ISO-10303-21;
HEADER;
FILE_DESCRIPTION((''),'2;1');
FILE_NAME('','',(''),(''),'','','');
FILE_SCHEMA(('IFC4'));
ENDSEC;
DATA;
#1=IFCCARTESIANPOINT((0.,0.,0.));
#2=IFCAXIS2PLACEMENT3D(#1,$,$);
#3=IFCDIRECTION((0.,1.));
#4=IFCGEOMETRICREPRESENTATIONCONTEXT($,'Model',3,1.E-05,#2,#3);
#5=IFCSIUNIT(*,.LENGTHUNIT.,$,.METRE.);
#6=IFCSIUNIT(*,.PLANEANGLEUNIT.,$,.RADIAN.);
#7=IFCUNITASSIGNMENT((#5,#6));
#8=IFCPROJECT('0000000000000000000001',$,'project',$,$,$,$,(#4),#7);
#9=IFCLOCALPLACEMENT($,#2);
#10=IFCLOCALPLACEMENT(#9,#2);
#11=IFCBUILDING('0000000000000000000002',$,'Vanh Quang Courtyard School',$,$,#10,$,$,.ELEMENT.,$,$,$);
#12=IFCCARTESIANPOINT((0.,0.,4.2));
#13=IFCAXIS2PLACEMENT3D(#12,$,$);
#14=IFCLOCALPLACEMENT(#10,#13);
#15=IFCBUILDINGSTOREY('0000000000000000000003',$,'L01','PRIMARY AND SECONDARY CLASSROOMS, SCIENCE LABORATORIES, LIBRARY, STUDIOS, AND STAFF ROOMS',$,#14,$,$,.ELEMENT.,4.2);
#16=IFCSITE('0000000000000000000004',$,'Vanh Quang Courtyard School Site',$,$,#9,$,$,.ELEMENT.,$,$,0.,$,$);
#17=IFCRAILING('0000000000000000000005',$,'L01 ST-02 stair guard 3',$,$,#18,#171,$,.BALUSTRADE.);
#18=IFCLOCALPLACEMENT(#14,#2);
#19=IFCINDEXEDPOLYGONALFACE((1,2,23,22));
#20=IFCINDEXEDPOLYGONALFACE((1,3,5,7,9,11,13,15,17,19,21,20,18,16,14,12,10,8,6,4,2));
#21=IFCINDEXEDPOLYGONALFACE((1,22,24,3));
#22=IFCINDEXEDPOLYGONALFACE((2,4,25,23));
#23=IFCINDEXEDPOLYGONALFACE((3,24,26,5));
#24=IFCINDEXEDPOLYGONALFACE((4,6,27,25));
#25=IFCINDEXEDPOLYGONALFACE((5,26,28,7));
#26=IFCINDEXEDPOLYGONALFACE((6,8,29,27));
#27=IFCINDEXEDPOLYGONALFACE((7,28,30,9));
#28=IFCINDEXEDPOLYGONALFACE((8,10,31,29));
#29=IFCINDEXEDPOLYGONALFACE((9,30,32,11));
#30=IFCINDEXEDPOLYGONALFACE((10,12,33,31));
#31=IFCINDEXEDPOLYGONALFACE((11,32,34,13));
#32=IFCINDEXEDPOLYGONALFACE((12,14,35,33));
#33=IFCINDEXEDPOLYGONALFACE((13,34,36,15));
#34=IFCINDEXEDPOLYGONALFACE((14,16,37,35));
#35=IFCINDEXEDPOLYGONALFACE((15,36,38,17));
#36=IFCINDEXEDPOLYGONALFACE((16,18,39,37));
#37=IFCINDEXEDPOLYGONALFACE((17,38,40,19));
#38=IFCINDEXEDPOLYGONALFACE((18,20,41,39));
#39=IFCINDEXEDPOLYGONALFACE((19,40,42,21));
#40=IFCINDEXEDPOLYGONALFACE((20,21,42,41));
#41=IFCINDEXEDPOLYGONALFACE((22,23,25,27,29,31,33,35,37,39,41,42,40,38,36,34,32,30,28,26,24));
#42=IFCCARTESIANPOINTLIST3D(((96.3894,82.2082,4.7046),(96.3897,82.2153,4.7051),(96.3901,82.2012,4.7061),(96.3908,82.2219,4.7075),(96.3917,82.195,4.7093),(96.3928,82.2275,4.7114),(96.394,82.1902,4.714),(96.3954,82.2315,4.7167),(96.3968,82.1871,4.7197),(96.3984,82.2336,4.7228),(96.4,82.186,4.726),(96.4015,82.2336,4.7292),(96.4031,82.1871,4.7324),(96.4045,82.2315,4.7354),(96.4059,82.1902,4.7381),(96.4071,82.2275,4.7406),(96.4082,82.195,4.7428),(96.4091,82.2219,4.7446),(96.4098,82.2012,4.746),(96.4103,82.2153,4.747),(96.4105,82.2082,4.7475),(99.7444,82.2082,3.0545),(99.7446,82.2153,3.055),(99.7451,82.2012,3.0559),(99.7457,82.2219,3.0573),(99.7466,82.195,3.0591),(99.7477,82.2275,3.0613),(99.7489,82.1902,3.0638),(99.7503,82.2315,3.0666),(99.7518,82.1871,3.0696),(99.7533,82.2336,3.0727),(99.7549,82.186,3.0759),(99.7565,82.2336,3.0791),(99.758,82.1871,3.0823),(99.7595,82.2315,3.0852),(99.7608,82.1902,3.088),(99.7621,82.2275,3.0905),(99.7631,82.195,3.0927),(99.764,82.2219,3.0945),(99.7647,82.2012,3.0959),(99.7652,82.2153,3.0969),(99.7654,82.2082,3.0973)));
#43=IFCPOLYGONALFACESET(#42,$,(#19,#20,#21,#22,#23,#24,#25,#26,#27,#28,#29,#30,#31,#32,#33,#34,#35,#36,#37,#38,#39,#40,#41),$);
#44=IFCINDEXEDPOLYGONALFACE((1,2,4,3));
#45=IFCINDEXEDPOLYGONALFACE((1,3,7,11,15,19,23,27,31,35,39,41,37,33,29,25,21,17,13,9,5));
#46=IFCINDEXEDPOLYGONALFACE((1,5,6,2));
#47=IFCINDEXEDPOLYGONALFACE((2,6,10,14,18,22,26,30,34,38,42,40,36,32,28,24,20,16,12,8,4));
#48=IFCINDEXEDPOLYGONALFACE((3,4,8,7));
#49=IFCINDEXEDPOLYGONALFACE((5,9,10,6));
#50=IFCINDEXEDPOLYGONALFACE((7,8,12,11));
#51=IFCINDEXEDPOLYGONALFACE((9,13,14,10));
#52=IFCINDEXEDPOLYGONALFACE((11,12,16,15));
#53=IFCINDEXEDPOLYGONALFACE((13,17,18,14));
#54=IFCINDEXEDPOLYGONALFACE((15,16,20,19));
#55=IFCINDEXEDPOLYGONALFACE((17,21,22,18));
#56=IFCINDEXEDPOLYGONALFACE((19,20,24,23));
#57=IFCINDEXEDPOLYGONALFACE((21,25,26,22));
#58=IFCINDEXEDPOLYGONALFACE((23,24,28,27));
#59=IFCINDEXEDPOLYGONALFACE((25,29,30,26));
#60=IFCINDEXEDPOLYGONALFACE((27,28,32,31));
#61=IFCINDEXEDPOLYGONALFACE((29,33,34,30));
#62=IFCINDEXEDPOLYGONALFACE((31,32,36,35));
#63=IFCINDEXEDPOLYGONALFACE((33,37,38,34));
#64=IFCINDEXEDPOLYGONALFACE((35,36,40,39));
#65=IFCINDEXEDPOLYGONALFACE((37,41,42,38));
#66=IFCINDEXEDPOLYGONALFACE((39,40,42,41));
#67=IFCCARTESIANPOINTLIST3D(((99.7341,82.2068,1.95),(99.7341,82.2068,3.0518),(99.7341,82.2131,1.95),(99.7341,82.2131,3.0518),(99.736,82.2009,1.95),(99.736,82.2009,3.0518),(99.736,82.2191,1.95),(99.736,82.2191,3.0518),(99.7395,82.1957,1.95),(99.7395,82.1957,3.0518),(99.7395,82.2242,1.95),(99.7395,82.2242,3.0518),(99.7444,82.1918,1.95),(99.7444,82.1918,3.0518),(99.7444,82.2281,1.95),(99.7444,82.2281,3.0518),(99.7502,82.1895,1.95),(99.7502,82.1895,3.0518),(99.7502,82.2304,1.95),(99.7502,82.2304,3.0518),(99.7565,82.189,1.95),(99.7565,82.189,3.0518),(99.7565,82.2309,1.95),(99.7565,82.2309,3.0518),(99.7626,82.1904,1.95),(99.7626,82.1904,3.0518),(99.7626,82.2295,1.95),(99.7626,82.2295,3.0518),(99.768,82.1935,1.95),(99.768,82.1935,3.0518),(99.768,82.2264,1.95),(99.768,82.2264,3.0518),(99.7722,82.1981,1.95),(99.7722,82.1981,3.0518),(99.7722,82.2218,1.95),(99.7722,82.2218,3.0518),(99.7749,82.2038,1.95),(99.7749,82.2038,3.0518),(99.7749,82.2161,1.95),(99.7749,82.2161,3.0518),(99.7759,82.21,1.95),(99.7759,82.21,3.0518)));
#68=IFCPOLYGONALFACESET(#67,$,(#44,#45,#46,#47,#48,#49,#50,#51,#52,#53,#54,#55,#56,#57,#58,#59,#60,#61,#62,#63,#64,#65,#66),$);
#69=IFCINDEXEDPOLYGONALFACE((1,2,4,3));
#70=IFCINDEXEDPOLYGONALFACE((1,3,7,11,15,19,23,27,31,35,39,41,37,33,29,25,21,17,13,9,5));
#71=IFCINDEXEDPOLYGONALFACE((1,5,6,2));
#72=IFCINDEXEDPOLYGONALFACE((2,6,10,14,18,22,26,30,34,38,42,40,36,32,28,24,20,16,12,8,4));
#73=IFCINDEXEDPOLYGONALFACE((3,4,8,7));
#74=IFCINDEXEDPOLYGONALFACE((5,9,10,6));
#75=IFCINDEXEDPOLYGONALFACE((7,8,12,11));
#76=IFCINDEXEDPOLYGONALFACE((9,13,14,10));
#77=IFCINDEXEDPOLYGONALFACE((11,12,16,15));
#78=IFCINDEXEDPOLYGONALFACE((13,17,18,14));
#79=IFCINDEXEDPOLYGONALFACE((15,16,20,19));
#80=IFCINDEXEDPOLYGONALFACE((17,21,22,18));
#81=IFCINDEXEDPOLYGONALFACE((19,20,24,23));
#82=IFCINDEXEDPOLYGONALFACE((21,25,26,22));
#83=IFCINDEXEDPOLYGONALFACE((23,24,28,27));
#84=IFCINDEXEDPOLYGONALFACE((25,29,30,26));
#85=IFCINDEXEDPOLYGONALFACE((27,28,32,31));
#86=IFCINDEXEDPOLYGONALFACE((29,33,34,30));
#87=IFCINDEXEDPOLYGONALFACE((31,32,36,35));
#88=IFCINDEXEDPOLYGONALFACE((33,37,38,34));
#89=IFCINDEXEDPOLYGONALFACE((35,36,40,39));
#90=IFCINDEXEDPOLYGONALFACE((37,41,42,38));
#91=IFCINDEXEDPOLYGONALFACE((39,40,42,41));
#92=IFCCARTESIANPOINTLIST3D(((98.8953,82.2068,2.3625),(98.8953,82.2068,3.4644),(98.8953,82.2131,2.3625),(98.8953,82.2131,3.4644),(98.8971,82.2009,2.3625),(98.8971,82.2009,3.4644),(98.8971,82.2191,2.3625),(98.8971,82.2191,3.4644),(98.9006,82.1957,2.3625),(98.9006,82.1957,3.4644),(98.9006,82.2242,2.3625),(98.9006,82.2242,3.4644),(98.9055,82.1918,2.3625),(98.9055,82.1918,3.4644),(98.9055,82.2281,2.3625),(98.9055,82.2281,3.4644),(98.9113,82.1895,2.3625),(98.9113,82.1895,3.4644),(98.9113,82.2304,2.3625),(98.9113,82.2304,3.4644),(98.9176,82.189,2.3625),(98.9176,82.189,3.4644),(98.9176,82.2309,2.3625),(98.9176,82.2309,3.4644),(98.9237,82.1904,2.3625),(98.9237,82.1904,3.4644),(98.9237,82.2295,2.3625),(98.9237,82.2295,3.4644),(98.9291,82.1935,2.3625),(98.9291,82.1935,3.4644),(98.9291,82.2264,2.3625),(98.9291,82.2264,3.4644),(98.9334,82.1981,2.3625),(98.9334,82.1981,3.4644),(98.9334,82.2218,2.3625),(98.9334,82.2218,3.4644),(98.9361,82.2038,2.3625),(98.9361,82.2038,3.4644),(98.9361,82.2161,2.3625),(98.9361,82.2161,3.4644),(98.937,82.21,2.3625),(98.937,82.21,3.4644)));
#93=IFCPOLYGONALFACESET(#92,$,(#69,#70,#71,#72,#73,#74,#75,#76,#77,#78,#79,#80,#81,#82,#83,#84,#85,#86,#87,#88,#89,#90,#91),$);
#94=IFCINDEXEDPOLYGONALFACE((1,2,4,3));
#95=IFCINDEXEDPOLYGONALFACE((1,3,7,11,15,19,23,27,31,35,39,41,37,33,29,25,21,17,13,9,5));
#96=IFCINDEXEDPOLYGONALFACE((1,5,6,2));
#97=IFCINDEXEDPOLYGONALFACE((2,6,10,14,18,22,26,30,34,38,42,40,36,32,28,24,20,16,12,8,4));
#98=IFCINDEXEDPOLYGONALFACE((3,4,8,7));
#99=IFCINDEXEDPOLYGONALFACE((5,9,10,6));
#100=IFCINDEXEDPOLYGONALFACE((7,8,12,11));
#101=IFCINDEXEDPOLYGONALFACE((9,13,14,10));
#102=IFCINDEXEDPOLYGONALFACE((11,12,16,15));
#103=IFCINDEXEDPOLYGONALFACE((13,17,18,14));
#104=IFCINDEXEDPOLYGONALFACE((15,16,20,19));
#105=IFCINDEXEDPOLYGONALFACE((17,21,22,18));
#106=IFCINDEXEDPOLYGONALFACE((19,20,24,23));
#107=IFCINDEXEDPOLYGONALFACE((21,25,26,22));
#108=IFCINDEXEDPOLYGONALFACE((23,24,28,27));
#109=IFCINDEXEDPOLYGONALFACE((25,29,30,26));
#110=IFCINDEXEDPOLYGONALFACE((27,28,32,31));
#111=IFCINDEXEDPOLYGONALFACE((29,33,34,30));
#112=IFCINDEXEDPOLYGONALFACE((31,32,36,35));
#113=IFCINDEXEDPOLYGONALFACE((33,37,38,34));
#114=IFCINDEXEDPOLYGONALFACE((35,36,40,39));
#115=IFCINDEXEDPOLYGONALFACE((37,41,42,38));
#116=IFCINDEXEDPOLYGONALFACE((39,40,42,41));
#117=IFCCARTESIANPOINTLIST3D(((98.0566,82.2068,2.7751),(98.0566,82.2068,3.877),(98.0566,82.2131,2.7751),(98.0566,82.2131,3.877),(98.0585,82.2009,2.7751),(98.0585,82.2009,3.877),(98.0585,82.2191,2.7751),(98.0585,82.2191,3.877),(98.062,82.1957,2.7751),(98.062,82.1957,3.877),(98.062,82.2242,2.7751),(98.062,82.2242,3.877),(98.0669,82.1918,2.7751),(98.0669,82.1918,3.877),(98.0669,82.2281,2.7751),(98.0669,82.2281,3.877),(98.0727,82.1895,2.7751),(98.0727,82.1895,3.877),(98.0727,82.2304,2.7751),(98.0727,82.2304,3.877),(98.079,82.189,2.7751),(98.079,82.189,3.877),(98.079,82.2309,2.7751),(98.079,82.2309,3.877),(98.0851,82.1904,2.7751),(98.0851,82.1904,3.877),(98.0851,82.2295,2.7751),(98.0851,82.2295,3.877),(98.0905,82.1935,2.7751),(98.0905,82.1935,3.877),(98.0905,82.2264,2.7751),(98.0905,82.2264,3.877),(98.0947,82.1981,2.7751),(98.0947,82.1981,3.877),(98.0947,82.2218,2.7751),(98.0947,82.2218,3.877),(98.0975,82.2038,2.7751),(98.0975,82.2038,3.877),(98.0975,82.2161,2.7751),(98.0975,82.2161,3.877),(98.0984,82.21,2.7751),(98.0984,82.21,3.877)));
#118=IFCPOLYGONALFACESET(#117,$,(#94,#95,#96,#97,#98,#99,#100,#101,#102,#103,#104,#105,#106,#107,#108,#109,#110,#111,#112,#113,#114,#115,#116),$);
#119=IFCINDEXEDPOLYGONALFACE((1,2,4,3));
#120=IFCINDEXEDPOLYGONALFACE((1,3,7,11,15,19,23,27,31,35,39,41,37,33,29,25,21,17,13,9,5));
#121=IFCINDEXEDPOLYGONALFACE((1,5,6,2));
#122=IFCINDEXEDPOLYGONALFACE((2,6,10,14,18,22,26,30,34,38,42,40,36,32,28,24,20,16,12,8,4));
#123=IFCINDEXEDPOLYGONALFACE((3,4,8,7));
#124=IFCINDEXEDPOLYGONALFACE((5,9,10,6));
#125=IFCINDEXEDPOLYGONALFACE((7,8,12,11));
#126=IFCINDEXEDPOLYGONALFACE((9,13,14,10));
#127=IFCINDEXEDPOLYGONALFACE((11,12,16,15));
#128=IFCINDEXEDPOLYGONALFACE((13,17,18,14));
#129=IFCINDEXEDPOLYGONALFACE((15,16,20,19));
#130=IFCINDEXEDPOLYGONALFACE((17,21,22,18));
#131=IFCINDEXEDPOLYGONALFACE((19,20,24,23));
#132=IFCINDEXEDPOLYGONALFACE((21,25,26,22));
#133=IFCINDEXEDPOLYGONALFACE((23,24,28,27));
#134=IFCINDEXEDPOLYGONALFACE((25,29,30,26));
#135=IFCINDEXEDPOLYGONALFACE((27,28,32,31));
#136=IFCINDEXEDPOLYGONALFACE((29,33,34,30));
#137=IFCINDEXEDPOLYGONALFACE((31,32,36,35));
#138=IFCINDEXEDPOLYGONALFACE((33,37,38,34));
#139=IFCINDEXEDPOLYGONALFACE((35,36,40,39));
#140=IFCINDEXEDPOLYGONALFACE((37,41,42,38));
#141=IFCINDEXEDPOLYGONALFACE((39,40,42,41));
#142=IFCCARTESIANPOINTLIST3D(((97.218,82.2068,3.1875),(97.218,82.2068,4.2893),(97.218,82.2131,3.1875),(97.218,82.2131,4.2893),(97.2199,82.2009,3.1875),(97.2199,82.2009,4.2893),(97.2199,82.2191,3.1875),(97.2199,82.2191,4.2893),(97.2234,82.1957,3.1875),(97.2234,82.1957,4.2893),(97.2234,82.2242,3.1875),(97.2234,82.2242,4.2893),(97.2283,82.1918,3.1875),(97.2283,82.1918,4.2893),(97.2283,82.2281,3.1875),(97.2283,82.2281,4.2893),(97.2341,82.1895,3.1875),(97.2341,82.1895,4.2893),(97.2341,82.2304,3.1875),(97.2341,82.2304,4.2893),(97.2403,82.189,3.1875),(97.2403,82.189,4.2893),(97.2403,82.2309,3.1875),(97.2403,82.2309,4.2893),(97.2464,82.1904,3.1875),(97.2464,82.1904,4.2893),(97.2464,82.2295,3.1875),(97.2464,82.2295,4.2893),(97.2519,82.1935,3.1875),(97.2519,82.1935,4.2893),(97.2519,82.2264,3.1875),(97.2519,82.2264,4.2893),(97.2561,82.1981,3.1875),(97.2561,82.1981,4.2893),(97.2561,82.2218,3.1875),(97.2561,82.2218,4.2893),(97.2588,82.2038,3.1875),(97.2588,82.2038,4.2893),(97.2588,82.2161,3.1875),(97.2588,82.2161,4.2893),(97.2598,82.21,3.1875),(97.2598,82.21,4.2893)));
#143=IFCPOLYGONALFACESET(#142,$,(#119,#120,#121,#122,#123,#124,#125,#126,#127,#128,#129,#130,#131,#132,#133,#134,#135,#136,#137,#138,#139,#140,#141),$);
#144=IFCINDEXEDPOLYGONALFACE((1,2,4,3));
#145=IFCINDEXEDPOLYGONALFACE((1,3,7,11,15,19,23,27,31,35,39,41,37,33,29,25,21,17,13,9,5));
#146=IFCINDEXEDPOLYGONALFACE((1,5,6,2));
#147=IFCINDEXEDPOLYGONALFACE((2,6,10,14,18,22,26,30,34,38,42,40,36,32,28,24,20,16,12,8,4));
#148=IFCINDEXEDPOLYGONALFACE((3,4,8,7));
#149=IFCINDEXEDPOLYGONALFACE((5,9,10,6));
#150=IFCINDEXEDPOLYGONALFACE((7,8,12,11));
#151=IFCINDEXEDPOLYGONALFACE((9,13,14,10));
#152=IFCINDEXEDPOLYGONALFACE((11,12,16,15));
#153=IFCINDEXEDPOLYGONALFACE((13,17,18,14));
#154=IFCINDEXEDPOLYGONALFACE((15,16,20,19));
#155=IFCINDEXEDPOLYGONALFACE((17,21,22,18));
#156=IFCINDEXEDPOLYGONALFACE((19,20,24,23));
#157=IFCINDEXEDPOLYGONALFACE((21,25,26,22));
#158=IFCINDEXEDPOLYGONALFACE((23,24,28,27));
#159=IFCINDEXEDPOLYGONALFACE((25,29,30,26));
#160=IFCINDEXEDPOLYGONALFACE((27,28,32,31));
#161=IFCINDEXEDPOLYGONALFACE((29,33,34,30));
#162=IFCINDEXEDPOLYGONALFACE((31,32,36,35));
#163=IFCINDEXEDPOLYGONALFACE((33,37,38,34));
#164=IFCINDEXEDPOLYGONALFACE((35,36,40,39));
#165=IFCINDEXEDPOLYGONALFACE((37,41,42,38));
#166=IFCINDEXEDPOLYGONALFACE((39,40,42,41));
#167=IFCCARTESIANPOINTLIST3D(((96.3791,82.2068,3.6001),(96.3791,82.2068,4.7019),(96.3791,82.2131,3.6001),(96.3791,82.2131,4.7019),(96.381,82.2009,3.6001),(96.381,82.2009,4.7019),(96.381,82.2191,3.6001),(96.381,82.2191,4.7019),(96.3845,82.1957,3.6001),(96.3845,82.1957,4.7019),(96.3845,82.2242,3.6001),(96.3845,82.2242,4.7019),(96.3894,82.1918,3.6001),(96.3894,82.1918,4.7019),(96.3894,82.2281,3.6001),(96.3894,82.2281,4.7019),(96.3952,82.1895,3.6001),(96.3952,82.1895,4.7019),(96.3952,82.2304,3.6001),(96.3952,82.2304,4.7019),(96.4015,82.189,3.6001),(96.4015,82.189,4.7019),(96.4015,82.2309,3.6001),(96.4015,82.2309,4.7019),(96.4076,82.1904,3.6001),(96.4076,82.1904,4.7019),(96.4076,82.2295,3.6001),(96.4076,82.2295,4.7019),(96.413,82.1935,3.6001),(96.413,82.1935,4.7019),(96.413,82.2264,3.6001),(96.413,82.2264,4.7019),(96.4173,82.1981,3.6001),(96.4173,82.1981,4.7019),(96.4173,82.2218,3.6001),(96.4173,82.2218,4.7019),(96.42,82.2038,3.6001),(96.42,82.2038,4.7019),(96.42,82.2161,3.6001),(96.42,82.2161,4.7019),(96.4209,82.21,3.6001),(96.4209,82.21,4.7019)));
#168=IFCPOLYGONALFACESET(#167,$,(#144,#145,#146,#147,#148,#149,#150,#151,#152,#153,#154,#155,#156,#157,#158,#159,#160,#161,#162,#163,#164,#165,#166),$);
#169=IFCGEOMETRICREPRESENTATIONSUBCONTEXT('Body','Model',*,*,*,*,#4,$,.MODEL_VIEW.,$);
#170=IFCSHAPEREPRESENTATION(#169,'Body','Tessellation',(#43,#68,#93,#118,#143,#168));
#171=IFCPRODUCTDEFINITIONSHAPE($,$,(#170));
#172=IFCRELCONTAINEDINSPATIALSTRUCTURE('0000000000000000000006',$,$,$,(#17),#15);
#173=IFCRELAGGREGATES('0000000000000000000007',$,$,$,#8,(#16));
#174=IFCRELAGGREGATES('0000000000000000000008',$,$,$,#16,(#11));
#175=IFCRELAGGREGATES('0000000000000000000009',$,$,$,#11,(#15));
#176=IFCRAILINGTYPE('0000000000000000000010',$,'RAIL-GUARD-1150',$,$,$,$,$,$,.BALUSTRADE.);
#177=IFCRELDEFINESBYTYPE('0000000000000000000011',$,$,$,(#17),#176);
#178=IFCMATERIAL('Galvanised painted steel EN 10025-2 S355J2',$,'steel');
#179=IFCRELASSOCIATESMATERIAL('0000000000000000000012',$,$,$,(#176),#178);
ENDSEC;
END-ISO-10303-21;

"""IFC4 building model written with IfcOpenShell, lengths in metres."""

from ifc_helpers import new_model, si_unit, direction, frame, origin, origin_2d, place, context, subcontext, project, spatial, circle, extrude, material, type_object, element, save


model = new_model("IFC4")

# Units and contexts
model_context = context("Model", 3, precision=1e-05, world=origin(), true_north=direction((0.0, 1.0)))
body_context = subcontext(model_context, "Body", "Model", "MODEL_VIEW")
ifc_project = project(units=[si_unit("LENGTHUNIT", "METRE"), si_unit("PLANEANGLEUNIT", "RADIAN")], contexts=[model_context])

# Site, building, storey
site_placement = place(None, origin())
site = spatial("IfcSite", under=ifc_project, at=site_placement, Name="Vanh Quang Courtyard School Site", CompositionType="ELEMENT", RefElevation=0.0)
building_placement = place(site_placement, origin())
building = spatial("IfcBuilding", under=site, at=building_placement, Name="Vanh Quang Courtyard School", CompositionType="ELEMENT")
storey_placement = place(building_placement, frame((0.0, 0.0, 4.2)))
storey = spatial("IfcBuildingStorey", under=building, at=storey_placement, Name="L01", Description="PRIMARY AND SECONDARY CLASSROOMS, SCIENCE LABORATORIES, LIBRARY, STUDIOS, AND STAFF ROOMS", CompositionType="ELEMENT", Elevation=4.2)

# Railing
ifc_material_1 = material(Name="Galvanised painted steel EN 10025-2 S355J2", Category="steel")
railing_type_1 = type_object("IfcRailingType", Name="RAIL-GUARD-1150", PredefinedType="BALUSTRADE", material=ifc_material_1)
railing_1_placement = place(storey_placement, frame((99.7549, 82.21, 1.95)))
element("IfcRailing", 1, at=railing_1_placement, inside=storey, type_object=railing_type_1, Name="L01 ST-02 stair guard 3", PredefinedType="BALUSTRADE", context=body_context, shape_type="SweptSolid", body=[
    extrude(circle(Radius=0.0239, at=origin_2d()), frame((0.0, 0.0, 1.126), z_axis=(-0.897333, 0.0, 0.441353), x_axis=(0.0, -1.0, 0.0)), (0.0, 0.0, 1.0), 3.7388),
    extrude(circle(Radius=0.021, at=origin_2d()), origin(), (0.0, 0.0, 1.0), 1.1018),
    extrude(circle(Radius=0.021, at=origin_2d()), frame((-0.8389, 0.0, 0.4126)), (0.0, 0.0, 1.0), 1.1018),
    extrude(circle(Radius=0.021, at=origin_2d()), frame((-1.6775, 0.0, 0.8252)), (0.0, 0.0, 1.0), 1.1018),
    extrude(circle(Radius=0.021, at=origin_2d()), frame((-2.5161, 0.0, 1.2375)), (0.0, 0.0, 1.0), 1.1018),
    extrude(circle(Radius=0.021, at=origin_2d()), frame((-3.355, 0.0, 1.6501)), (0.0, 0.0, 1.0), 1.1018),
])

save(model, "model.ifc")
